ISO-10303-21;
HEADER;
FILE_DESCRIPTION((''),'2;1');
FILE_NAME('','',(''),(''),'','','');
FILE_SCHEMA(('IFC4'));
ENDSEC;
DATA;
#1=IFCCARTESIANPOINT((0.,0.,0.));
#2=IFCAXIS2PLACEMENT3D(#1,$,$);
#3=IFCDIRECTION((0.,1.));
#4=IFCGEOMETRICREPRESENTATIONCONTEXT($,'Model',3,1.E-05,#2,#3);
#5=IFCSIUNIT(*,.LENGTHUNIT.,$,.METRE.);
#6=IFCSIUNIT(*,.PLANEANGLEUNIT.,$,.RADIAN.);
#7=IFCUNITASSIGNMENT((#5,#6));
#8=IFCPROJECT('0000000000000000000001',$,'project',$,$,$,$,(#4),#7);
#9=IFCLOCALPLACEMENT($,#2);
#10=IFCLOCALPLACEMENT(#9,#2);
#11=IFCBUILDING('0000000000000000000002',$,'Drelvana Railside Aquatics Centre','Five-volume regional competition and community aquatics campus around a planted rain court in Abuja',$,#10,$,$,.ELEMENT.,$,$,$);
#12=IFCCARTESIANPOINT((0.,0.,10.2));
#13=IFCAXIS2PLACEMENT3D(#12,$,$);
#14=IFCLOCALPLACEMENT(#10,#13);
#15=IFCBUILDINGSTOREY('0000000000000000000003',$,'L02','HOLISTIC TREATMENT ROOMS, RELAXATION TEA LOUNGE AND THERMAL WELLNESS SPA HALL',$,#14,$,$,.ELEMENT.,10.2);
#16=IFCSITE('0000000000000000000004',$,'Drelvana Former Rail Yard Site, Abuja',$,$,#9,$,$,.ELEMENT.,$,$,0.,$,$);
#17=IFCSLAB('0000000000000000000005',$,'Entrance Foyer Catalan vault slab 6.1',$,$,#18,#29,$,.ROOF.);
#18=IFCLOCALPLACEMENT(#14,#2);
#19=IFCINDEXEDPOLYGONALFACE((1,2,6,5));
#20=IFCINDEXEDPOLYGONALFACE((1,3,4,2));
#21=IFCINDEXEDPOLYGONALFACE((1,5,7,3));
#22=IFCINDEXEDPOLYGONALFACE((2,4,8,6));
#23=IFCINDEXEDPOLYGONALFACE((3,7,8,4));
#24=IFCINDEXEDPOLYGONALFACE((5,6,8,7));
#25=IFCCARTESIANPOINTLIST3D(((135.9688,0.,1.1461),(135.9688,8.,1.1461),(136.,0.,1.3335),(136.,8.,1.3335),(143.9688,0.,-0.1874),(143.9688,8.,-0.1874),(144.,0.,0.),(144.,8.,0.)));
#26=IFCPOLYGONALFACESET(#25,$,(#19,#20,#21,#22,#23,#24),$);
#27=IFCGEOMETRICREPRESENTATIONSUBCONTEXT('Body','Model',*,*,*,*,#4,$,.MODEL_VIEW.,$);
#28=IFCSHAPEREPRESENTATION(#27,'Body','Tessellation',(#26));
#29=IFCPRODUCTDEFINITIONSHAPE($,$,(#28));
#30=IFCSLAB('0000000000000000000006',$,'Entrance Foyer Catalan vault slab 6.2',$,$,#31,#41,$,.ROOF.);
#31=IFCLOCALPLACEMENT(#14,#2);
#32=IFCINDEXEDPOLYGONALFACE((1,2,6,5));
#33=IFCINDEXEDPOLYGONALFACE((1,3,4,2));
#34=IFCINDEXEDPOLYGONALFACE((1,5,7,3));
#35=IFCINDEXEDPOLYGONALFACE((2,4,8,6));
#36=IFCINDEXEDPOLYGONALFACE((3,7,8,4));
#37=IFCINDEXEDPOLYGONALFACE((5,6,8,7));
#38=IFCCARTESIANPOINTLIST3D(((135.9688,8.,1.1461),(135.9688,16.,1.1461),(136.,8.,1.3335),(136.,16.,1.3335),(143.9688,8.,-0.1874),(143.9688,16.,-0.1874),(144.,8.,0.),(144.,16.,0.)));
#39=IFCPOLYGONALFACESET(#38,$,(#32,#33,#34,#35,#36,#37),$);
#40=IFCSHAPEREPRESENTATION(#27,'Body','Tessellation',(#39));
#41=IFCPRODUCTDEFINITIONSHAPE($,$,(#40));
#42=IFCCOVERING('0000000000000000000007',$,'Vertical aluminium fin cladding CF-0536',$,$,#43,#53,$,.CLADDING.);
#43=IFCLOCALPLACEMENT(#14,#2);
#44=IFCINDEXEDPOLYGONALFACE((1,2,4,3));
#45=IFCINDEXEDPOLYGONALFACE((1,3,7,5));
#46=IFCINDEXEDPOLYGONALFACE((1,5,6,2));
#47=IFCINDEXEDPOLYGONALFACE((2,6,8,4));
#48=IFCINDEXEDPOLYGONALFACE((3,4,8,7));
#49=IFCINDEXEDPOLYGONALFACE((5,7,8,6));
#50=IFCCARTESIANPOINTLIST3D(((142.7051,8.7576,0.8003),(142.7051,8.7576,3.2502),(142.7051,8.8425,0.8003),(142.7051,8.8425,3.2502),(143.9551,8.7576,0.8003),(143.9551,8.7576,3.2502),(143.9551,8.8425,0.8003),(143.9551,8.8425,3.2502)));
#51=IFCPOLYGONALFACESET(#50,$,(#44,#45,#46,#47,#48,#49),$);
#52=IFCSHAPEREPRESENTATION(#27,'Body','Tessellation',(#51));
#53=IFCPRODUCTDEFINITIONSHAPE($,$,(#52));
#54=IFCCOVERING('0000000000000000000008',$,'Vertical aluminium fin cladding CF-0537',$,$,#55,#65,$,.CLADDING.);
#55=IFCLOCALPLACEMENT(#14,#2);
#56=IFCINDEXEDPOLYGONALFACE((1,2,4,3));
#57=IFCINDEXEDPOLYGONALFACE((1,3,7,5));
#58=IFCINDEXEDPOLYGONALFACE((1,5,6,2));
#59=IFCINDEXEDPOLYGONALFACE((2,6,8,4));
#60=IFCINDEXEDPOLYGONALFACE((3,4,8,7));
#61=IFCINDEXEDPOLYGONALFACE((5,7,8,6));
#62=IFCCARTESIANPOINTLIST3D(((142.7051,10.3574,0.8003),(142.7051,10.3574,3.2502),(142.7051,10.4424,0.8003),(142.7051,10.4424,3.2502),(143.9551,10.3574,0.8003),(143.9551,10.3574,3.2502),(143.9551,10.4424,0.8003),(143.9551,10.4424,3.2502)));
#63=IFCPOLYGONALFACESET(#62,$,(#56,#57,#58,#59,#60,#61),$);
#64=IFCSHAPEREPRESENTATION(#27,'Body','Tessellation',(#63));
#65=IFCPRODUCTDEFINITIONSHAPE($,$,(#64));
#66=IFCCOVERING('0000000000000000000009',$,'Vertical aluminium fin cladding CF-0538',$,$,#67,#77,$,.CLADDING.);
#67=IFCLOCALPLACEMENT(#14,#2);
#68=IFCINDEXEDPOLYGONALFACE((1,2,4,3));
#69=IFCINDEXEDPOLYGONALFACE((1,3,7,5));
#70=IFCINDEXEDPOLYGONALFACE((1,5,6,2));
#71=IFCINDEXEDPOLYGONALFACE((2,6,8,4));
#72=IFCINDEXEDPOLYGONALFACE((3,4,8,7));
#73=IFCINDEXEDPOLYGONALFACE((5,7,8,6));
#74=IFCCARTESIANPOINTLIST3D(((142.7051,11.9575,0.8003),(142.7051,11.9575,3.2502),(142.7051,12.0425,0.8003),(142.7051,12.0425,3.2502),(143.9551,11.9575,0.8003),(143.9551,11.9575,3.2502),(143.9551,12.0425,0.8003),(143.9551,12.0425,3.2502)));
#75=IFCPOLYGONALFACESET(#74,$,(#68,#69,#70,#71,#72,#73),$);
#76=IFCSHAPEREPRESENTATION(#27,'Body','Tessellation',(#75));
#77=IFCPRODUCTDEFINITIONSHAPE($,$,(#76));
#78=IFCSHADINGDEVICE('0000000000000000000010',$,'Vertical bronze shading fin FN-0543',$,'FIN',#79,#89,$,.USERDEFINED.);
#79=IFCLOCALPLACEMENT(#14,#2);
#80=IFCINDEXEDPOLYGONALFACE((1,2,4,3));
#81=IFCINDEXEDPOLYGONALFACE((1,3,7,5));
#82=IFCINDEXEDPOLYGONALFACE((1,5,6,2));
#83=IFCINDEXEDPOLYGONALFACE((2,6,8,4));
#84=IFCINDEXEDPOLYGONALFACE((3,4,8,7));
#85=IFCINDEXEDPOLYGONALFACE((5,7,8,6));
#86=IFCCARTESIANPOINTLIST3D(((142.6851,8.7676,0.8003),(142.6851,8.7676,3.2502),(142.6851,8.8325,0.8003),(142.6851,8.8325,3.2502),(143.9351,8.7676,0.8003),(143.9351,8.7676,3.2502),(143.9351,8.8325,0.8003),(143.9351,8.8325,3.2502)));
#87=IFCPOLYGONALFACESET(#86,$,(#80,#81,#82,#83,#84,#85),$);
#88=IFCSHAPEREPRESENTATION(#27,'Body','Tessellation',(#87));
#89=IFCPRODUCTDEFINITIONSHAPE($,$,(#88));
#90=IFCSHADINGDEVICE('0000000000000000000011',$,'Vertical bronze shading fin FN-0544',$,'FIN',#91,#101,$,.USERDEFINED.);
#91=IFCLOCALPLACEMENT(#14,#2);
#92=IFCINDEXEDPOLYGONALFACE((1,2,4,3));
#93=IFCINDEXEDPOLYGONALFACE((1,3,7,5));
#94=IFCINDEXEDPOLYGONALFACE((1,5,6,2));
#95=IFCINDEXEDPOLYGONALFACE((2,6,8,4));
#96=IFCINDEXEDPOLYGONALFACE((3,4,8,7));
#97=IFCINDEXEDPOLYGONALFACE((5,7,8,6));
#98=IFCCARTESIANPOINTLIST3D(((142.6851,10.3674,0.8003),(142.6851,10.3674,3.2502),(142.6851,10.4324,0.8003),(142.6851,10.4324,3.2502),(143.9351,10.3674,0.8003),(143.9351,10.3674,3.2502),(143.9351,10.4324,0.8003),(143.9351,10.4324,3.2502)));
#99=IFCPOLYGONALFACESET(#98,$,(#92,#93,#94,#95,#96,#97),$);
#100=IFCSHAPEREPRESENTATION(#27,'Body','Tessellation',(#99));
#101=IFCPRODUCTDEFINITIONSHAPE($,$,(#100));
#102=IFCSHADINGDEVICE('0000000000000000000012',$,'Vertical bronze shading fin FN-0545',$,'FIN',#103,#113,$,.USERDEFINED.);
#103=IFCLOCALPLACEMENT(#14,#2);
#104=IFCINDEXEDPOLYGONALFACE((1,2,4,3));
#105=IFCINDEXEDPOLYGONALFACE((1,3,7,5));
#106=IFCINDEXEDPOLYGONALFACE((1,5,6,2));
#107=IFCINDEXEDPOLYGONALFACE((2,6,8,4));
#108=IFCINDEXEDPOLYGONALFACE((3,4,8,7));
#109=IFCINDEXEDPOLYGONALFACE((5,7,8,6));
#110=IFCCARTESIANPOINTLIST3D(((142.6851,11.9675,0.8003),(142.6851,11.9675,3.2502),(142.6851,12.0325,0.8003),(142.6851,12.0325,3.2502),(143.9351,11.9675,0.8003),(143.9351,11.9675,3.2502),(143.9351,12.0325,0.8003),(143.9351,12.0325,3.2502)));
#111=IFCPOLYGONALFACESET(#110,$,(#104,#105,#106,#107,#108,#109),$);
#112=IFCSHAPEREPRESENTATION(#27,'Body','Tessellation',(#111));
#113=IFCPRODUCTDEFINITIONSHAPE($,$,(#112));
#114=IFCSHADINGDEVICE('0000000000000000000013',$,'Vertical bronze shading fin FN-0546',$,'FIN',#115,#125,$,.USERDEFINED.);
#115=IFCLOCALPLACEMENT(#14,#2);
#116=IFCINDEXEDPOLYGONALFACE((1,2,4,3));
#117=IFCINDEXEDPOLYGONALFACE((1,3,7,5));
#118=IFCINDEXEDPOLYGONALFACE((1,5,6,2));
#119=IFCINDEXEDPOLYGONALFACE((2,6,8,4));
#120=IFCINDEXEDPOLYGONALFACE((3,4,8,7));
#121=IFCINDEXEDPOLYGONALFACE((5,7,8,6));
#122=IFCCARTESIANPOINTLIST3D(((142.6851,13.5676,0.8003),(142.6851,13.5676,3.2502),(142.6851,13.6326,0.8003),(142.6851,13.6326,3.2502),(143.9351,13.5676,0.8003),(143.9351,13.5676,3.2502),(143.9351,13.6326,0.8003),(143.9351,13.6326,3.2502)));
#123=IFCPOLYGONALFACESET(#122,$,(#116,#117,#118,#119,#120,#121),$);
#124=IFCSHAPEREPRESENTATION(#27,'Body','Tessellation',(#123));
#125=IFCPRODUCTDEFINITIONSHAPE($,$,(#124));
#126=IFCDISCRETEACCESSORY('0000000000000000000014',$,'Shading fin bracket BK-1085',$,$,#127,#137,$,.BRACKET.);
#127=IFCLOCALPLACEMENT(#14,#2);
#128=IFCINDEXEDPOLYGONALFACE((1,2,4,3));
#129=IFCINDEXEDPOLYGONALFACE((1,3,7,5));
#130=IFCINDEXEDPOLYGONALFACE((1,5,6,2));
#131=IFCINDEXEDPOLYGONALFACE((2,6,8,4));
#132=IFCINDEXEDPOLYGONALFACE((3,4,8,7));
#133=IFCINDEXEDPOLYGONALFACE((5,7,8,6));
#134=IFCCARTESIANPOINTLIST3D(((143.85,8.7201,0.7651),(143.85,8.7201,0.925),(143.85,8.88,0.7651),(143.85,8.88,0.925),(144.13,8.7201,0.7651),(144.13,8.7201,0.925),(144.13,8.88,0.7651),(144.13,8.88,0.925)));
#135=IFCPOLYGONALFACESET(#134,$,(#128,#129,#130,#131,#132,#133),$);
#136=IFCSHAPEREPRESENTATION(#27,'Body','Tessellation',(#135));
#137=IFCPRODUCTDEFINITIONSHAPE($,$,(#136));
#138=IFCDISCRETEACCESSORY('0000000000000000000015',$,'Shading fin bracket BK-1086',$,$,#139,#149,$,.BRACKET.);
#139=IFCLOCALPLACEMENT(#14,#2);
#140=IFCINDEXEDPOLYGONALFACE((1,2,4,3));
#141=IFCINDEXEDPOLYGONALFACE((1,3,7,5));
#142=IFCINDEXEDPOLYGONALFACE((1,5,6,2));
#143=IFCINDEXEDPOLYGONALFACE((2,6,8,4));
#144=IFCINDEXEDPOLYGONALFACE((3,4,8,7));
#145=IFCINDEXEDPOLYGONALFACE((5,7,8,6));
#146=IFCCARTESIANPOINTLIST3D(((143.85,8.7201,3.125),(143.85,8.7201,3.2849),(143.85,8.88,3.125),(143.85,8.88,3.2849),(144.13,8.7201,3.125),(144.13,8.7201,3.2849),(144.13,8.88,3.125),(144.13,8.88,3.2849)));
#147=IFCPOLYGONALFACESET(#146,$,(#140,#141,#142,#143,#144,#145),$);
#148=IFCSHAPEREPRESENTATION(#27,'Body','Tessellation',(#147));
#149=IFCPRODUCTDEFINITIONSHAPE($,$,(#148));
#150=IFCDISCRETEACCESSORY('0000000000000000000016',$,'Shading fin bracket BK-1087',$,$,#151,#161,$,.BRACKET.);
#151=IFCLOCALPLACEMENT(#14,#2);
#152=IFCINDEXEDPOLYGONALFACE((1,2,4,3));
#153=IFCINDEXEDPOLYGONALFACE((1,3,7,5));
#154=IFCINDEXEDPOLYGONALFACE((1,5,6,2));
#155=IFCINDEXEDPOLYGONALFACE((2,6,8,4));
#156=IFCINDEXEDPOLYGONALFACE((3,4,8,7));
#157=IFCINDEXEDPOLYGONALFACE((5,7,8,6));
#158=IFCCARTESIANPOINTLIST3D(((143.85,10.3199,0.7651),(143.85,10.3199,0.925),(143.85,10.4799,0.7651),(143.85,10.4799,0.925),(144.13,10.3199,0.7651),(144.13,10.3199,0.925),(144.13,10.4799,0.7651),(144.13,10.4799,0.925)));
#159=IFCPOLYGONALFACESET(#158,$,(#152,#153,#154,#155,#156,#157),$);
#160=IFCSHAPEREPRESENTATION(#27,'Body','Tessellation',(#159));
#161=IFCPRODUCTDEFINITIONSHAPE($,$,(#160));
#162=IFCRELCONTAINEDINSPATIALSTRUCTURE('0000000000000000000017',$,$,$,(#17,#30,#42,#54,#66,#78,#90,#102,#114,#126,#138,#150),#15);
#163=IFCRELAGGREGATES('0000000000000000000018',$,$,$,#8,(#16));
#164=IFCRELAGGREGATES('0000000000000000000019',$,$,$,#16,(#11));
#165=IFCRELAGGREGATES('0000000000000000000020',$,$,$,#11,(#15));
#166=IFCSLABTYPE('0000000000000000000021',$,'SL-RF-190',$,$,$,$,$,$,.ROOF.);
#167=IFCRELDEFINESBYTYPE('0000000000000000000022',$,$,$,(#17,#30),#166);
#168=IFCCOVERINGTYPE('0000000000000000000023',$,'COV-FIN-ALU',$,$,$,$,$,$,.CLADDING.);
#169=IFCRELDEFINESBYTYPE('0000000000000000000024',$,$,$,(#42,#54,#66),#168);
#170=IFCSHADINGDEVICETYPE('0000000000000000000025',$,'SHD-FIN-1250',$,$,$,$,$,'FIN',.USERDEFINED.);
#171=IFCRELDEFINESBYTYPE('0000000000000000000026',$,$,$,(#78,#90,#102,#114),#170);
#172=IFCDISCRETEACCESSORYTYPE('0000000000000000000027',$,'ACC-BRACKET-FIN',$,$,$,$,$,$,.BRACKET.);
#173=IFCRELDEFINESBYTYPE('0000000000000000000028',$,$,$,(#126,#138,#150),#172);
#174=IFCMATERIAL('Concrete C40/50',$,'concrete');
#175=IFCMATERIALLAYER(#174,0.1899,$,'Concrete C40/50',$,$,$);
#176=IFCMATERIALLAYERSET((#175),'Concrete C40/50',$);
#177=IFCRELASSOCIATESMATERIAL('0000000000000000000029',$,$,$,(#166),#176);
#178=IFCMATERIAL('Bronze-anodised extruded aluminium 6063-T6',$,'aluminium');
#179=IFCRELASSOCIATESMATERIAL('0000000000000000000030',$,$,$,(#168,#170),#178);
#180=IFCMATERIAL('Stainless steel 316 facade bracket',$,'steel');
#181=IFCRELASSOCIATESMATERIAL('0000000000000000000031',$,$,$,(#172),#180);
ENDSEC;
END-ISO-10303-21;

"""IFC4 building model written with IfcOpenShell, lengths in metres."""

from ifc_helpers import new_model, si_unit, direction, frame, origin, origin_2d, place, context, subcontext, project, spatial, polyline, rectangle, outline, extrude, material, layer, layer_set, type_object, element, save


model = new_model("IFC4")

# Units and contexts
model_context = context("Model", 3, precision=1e-05, world=origin(), true_north=direction((0.0, 1.0)))
body_context = subcontext(model_context, "Body", "Model", "MODEL_VIEW")
ifc_project = project(units=[si_unit("LENGTHUNIT", "METRE"), si_unit("PLANEANGLEUNIT", "RADIAN")], contexts=[model_context])

# Site, building, storey
site_placement = place(None, origin())
site = spatial("IfcSite", under=ifc_project, at=site_placement, Name="Drelvana Former Rail Yard Site, Abuja", CompositionType="ELEMENT", RefElevation=0.0)
building_placement = place(site_placement, origin())
building = spatial("IfcBuilding", under=site, at=building_placement, Name="Drelvana Railside Aquatics Centre", Description="Five-volume regional competition and community aquatics campus around a planted rain court in Abuja", CompositionType="ELEMENT")
storey_placement = place(building_placement, frame((0.0, 0.0, 10.2)))
storey = spatial("IfcBuildingStorey", under=building, at=storey_placement, Name="L02", Description="HOLISTIC TREATMENT ROOMS, RELAXATION TEA LOUNGE AND THERMAL WELLNESS SPA HALL", CompositionType="ELEMENT", Elevation=10.2)

# Slabs
ifc_material_1 = material(Name="Concrete C40/50", Category="concrete")
ifc_layer = layer(ifc_material_1, 0.1899, Name="Concrete C40/50")
ifc_layer_set = layer_set([ifc_layer], Name="Concrete C40/50")
slab_type = type_object("IfcSlabType", Name="SL-RF-190", PredefinedType="ROOF", material=ifc_layer_set)
for number, where, z_axis, x_axis, name in (
    (1, (136.0, 0.0, 1.3335), (0.164419, 0.0, 0.986391), (0.986391, 0.0, -0.164419), "Entrance Foyer Catalan vault slab 6.1"),
    (2, (136.0, 8.0, 1.3335), (0.164419, 0.0, 0.986391), (0.986391, 0.0, -0.164419), "Entrance Foyer Catalan vault slab 6.2"),
):
    element("IfcSlab", number, at=place(storey_placement, frame(where, z_axis=z_axis, x_axis=x_axis)), inside=storey, type_object=slab_type, Name=name, PredefinedType="ROOF", context=body_context, shape_type="SweptSolid", body=[
        extrude(outline(polyline([(0.0, 0.0), (8.1104, 0.0), (8.1104, 8.0), (0.0, 8.0), (0.0, 0.0)])), origin(), (0.0, 0.0, -1.0), 0.1899),
    ])

# Coverings
ifc_material_2 = material(Name="Bronze-anodised extruded aluminium 6063-T6", Category="aluminium")
covering_type = type_object("IfcCoveringType", Name="COV-FIN-ALU", PredefinedType="CLADDING", material=ifc_material_2)
for number, where, z_axis, x_axis, name in (
    (3, (143.3301, 8.8, 0.8003), (0.0, 0.0, 1.0), (0.0, 1.0, 0.0), "Vertical aluminium fin cladding CF-0536"),
    (4, (143.3301, 10.3999, 0.8003), (0.0, 0.0, 1.0), (0.0, 1.0, 0.0), "Vertical aluminium fin cladding CF-0537"),
    (5, (143.3301, 12.0, 0.8003), (0.0, 0.0, 1.0), (0.0, 1.0, 0.0), "Vertical aluminium fin cladding CF-0538"),
):
    element("IfcCovering", number, at=place(storey_placement, frame(where, z_axis=z_axis, x_axis=x_axis)), inside=storey, type_object=covering_type, Name=name, PredefinedType="CLADDING", context=body_context, shape_type="SweptSolid", body=[
        extrude(rectangle(XDim=0.085, YDim=1.25, at=origin_2d()), origin(), (0.0, 0.0, 1.0), 2.45),
    ])

# Shading devices
shading_device_type = type_object("IfcShadingDeviceType", Name="SHD-FIN-1250", ElementType="FIN", PredefinedType="USERDEFINED", material=ifc_material_2)
for number, where, z_axis, x_axis, name in (
    (6, (143.3101, 8.8, 0.8003), (0.0, 0.0, 1.0), (-1.0, 0.0, 0.0), "Vertical bronze shading fin FN-0543"),
    (7, (143.3101, 10.3999, 0.8003), (0.0, 0.0, 1.0), (-1.0, 0.0, 0.0), "Vertical bronze shading fin FN-0544"),
    (8, (143.3101, 12.0, 0.8003), (0.0, 0.0, 1.0), (-1.0, 0.0, 0.0), "Vertical bronze shading fin FN-0545"),
    (9, (143.3101, 13.6001, 0.8003), (0.0, 0.0, 1.0), (-1.0, 0.0, 0.0), "Vertical bronze shading fin FN-0546"),
):
    element("IfcShadingDevice", number, at=place(storey_placement, frame(where, z_axis=z_axis, x_axis=x_axis)), inside=storey, type_object=shading_device_type, Name=name, ObjectType="FIN", PredefinedType="USERDEFINED", context=body_context, shape_type="SweptSolid", body=[
        extrude(rectangle(XDim=1.25, YDim=0.0649, at=origin_2d()), origin(), (0.0, 0.0, 1.0), 2.45),
    ])

# Discrete accessories
ifc_material_3 = material(Name="Stainless steel 316 facade bracket", Category="steel")
discrete_accessory_type = type_object("IfcDiscreteAccessoryType", Name="ACC-BRACKET-FIN", PredefinedType="BRACKET", material=ifc_material_3)
for number, where, z_axis, x_axis, name in (
    (10, (143.99, 8.8, 0.7651), (0.0, 0.0, 1.0), (-1.0, 0.0, 0.0), "Shading fin bracket BK-1085"),
    (11, (143.99, 8.8, 3.125), (0.0, 0.0, 1.0), (-1.0, 0.0, 0.0), "Shading fin bracket BK-1086"),
    (12, (143.99, 10.3999, 0.7651), (0.0, 0.0, 1.0), (-1.0, 0.0, 0.0), "Shading fin bracket BK-1087"),
):
    element("IfcDiscreteAccessory", number, at=place(storey_placement, frame(where, z_axis=z_axis, x_axis=x_axis)), inside=storey, type_object=discrete_accessory_type, Name=name, PredefinedType="BRACKET", context=body_context, shape_type="SweptSolid", body=[
        extrude(rectangle(XDim=0.28, YDim=0.1599, at=origin_2d()), origin(), (0.0, 0.0, 1.0), 0.1599),
    ])

save(model, "model.ifc")
